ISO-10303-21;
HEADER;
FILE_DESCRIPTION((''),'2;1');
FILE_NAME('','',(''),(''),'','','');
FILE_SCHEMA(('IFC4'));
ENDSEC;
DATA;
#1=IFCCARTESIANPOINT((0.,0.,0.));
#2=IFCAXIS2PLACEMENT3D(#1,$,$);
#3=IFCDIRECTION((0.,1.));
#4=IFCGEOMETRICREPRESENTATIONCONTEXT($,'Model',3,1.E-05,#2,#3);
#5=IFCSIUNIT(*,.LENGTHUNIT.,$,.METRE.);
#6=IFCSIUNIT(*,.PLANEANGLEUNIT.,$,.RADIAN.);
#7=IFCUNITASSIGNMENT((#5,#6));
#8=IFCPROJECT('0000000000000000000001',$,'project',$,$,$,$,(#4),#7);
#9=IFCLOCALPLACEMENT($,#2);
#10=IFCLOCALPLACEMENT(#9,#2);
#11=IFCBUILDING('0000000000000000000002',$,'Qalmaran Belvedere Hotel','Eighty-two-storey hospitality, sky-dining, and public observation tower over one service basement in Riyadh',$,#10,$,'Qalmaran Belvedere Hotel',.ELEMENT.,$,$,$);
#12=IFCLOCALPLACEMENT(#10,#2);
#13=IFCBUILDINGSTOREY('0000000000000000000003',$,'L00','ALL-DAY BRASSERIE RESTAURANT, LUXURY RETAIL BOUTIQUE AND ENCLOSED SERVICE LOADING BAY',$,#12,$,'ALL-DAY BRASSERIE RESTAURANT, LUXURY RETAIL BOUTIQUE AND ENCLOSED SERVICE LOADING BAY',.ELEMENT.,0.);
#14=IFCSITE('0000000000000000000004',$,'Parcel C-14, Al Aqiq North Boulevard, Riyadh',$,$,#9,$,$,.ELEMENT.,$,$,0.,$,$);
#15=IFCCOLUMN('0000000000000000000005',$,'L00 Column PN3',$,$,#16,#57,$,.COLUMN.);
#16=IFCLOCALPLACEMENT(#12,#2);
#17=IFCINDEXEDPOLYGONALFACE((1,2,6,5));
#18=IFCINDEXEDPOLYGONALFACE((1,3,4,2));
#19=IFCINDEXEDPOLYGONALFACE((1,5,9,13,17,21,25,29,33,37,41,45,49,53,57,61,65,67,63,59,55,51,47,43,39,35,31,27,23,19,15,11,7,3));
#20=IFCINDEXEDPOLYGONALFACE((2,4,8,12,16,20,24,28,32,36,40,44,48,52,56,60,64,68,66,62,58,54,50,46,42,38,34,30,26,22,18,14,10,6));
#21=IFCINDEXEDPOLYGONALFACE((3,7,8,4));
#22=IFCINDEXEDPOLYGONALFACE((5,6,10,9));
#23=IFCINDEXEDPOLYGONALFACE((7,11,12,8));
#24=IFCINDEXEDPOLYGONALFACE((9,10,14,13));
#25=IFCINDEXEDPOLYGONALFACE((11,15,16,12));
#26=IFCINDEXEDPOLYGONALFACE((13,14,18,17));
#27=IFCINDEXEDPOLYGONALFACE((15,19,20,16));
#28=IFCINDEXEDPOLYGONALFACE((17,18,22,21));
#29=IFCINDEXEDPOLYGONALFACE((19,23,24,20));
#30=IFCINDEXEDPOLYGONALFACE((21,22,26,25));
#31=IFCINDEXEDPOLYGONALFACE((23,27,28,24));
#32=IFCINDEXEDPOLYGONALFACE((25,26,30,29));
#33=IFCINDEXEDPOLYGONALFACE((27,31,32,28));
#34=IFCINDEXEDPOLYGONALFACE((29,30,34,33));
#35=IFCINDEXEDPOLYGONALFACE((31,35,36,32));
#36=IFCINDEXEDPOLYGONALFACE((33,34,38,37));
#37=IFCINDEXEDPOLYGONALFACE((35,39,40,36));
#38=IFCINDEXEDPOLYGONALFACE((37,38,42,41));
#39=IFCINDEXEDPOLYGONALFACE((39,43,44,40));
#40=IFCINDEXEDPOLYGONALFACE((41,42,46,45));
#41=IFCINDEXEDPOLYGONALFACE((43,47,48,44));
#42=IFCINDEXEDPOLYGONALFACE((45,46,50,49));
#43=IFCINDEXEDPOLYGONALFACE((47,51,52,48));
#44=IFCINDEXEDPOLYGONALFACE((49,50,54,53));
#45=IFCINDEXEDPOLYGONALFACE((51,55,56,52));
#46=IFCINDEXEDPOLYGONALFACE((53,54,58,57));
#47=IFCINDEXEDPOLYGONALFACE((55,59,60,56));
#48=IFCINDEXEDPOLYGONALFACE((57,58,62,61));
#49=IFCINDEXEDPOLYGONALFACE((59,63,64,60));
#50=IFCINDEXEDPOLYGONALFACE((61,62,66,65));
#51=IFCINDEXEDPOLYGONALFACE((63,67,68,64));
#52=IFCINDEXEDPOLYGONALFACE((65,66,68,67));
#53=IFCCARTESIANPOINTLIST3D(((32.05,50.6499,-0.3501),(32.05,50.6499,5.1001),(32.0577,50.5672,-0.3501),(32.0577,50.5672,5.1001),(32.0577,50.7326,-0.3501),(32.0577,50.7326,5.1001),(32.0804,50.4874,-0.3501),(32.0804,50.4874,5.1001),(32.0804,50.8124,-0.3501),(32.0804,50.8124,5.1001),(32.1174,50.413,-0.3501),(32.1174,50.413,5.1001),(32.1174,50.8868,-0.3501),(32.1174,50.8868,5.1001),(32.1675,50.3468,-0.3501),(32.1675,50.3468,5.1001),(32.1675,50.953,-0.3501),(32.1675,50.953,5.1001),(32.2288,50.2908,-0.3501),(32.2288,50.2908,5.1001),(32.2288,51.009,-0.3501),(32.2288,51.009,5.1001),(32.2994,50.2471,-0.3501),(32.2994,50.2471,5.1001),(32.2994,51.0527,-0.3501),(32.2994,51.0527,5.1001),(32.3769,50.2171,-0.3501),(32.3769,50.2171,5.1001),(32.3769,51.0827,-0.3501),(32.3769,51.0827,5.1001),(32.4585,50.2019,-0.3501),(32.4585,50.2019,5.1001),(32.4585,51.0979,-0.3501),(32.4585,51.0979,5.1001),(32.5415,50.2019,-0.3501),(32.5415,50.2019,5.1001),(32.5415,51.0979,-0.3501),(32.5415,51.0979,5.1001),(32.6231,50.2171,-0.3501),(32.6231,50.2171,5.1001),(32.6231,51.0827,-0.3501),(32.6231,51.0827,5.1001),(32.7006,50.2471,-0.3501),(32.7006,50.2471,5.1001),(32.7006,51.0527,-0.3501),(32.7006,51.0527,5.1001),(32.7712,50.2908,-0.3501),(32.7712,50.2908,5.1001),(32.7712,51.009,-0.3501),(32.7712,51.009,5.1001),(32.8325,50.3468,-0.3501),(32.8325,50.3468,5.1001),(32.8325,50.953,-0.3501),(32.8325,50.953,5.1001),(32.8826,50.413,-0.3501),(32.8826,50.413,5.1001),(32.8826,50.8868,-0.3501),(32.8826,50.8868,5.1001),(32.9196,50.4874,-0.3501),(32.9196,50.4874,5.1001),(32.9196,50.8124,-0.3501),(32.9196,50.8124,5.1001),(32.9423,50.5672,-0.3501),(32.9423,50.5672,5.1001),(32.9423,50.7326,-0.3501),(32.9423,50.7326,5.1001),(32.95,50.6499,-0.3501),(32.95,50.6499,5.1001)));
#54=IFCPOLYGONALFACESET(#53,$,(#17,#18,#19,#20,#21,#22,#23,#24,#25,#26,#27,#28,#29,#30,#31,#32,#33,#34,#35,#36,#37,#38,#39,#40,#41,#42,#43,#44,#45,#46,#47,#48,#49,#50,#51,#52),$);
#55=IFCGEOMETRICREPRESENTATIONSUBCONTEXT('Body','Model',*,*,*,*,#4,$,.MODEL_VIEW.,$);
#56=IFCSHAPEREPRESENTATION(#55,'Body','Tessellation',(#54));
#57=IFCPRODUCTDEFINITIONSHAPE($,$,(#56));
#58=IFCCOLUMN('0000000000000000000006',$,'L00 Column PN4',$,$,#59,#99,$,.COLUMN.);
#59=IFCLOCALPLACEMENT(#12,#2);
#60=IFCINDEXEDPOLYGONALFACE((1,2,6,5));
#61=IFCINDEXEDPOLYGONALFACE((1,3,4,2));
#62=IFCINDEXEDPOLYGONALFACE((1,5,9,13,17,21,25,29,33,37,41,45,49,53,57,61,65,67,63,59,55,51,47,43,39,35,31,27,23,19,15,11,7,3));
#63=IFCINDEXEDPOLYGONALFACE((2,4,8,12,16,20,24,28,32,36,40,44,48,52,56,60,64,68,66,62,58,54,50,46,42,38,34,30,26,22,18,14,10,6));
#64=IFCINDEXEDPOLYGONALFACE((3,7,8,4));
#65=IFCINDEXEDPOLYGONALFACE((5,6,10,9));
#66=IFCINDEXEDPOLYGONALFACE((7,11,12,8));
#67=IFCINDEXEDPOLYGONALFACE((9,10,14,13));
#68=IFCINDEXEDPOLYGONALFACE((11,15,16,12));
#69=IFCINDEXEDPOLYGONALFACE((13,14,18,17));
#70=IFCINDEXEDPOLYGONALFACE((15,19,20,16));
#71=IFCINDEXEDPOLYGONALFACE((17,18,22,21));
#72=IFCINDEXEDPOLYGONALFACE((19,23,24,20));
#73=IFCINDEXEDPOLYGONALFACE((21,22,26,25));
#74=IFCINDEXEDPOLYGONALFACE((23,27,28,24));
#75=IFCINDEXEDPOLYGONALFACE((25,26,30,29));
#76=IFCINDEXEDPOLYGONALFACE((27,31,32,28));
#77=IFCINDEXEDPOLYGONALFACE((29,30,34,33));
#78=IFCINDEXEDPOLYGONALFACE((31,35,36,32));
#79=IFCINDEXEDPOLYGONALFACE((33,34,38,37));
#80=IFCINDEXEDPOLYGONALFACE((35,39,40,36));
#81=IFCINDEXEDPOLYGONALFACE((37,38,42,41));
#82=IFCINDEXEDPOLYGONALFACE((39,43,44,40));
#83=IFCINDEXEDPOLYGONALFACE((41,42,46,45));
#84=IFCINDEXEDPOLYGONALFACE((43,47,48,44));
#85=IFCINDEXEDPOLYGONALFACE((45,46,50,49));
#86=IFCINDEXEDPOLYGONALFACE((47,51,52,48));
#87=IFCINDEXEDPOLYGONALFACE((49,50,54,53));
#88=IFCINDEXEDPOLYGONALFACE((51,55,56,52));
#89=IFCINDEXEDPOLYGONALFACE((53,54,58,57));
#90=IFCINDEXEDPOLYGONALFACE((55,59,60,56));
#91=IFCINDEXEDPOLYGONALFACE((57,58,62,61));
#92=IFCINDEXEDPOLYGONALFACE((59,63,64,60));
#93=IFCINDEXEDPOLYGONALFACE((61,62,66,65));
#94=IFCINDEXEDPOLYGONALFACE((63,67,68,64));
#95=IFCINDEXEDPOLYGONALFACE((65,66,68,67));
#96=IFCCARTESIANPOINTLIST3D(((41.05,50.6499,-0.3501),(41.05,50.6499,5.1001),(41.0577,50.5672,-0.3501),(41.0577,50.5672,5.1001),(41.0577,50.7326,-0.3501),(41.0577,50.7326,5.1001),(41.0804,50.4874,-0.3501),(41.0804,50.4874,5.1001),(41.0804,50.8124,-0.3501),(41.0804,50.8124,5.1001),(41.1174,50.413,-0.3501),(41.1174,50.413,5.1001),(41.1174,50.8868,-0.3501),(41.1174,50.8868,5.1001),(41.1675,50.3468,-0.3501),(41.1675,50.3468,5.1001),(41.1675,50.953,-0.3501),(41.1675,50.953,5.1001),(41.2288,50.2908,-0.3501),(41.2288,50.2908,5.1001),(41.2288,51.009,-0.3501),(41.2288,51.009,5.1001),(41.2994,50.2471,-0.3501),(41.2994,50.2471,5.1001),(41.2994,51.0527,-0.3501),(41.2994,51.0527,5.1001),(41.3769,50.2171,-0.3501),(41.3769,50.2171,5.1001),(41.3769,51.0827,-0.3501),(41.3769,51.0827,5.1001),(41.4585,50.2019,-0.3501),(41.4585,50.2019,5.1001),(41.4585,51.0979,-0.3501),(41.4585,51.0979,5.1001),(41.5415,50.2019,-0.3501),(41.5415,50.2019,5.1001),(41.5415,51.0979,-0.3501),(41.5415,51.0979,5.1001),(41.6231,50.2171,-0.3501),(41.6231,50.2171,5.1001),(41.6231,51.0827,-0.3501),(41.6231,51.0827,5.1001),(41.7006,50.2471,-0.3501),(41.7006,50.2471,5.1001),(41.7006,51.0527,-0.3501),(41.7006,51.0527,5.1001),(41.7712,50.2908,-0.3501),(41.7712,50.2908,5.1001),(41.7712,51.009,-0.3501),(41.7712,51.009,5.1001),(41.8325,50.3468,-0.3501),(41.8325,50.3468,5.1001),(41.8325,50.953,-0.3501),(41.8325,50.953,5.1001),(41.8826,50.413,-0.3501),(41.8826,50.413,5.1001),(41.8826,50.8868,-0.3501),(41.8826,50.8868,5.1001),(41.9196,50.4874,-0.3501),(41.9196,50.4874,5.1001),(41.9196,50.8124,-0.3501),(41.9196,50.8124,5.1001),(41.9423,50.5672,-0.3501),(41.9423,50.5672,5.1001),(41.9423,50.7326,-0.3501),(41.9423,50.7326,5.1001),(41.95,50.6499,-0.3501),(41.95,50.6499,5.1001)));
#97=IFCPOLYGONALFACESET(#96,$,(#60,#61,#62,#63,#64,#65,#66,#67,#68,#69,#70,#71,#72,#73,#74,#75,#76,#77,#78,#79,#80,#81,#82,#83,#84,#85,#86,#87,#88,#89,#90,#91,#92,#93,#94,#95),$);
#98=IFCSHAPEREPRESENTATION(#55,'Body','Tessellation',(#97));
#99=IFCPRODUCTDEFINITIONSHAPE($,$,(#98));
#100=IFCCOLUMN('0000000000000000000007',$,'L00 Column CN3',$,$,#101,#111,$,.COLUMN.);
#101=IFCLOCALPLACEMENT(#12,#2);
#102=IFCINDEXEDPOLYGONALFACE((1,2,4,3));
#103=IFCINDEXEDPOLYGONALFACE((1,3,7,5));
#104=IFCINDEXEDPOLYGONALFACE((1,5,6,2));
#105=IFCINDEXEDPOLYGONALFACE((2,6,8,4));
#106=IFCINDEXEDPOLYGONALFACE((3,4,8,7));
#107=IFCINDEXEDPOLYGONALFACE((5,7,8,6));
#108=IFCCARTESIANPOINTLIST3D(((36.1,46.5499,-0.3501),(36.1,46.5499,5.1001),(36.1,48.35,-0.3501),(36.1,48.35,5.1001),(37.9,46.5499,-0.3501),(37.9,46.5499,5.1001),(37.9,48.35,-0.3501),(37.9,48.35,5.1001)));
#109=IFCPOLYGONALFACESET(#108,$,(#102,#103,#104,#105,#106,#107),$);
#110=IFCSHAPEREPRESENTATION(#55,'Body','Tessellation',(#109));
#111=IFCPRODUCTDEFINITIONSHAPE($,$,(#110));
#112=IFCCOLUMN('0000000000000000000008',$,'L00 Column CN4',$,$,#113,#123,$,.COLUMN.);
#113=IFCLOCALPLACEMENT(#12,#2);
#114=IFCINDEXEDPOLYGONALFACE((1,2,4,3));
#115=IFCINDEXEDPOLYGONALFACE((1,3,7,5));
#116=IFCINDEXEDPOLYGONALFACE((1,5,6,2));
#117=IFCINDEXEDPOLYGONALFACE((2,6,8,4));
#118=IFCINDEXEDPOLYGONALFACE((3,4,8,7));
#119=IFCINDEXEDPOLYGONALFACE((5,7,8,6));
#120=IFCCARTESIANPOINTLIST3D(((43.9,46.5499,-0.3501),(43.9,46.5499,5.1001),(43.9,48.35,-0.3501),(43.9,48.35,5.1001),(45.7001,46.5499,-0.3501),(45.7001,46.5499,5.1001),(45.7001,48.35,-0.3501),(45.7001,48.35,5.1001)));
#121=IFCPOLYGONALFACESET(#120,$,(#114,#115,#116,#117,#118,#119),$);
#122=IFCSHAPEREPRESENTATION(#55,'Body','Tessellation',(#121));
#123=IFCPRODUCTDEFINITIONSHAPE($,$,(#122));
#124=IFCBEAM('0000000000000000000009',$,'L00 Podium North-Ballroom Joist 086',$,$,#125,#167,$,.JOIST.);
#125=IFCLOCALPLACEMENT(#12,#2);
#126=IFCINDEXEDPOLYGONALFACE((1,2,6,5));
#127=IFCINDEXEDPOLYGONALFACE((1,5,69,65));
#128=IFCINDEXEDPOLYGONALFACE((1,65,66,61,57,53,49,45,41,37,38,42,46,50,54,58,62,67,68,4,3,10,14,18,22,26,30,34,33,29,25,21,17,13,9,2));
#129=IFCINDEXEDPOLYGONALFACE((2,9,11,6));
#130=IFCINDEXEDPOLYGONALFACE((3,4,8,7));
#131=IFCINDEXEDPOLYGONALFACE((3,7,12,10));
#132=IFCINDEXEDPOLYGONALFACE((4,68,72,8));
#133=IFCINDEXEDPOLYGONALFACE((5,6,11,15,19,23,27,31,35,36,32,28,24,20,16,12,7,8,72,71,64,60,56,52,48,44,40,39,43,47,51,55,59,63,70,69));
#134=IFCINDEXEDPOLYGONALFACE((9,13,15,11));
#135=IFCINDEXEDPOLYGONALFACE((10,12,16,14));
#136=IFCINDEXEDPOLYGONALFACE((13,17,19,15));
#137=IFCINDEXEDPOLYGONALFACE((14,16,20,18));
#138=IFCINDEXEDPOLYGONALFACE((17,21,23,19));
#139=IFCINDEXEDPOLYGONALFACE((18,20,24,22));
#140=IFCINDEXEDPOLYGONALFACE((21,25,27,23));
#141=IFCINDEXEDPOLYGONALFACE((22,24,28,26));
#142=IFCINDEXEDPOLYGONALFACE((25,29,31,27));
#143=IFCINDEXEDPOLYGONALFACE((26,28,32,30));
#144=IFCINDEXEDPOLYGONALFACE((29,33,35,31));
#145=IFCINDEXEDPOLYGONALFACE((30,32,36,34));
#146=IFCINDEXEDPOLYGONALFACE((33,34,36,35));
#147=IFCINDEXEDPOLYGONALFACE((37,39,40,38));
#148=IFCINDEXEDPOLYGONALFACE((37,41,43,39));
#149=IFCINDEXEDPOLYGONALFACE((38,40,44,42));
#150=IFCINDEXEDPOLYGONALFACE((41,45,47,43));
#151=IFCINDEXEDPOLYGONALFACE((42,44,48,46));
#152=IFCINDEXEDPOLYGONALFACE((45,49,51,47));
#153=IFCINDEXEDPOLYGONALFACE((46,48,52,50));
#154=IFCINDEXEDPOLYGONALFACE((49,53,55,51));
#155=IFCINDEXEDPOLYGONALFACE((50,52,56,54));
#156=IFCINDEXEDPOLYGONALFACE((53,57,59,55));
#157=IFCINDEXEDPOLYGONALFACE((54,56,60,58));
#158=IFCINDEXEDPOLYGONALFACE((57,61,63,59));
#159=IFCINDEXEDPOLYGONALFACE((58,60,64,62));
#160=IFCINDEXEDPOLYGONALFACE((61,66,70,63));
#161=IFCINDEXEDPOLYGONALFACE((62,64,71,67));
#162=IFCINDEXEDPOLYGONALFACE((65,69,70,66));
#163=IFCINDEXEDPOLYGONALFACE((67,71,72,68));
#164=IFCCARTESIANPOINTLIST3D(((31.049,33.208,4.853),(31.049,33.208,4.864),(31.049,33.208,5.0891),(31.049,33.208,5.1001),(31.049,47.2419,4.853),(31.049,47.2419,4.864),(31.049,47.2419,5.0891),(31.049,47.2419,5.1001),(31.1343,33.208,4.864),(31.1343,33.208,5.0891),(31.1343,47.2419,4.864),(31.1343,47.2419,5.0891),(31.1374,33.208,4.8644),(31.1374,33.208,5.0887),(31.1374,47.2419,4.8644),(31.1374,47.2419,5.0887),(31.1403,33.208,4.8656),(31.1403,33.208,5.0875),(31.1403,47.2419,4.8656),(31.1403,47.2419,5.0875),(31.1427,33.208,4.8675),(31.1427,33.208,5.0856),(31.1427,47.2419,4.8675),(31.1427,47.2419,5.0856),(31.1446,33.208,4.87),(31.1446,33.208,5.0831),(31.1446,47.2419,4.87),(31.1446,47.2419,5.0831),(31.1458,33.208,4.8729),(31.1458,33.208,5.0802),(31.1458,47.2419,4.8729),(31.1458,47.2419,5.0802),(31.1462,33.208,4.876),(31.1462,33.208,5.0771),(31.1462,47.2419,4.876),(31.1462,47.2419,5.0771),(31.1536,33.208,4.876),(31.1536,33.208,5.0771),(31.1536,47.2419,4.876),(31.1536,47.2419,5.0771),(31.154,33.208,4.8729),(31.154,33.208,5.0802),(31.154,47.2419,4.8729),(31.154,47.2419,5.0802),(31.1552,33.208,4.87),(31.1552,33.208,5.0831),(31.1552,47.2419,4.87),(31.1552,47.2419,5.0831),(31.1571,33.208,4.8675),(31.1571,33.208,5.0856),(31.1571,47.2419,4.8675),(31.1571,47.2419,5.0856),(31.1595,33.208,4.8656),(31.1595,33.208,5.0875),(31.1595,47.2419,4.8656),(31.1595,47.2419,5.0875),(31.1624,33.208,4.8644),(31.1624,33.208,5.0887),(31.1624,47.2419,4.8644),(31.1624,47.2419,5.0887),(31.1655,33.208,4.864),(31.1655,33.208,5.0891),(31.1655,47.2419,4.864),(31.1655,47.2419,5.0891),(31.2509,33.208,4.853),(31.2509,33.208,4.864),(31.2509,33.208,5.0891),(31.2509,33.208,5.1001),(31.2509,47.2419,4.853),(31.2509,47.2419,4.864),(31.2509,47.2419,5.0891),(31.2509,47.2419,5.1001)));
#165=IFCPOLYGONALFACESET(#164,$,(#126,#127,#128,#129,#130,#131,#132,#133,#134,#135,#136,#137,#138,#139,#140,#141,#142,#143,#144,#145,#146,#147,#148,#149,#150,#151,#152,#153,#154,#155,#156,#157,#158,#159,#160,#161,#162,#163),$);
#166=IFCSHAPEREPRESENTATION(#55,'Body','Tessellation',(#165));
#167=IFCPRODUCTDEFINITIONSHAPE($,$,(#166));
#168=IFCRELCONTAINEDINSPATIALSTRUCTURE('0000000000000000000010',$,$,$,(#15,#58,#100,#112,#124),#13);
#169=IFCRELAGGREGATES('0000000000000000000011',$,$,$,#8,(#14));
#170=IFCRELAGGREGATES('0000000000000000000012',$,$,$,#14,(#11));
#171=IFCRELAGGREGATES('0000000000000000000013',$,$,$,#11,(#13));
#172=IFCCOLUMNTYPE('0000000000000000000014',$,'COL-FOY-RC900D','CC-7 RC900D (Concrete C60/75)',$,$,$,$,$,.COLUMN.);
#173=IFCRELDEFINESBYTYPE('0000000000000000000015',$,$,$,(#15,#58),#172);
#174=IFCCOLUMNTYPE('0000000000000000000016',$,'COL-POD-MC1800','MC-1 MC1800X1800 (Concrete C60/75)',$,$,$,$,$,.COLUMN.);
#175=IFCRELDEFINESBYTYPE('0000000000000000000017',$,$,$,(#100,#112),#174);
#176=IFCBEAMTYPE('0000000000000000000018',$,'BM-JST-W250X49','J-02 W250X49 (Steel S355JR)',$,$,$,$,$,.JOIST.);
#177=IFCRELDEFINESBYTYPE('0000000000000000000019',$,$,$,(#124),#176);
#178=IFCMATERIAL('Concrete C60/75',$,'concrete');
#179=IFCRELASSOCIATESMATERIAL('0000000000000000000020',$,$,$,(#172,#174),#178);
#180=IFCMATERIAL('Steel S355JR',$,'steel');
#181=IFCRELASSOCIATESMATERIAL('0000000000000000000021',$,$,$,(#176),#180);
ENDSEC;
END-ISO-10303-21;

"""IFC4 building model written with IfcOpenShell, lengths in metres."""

from ifc_helpers import new_model, si_unit, direction, frame, origin, origin_2d, place, context, subcontext, project, spatial, rectangle, circle, i_section, extrude, material, material_profile, profile_set, type_object, element, save


model = new_model("IFC4")

# Units and contexts
model_context = context("Model", 3, precision=1e-05, world=origin(), true_north=direction((0.0, 1.0)))
body_context = subcontext(model_context, "Body", "Model", "MODEL_VIEW")
ifc_project = project(units=[si_unit("LENGTHUNIT", "METRE"), si_unit("PLANEANGLEUNIT", "RADIAN")], contexts=[model_context])

# Site, building, storey
site_placement = place(None, origin())
site = spatial("IfcSite", under=ifc_project, at=site_placement, Name="Parcel C-14, Al Aqiq North Boulevard, Riyadh", CompositionType="ELEMENT", RefElevation=0.0)
building_placement = place(site_placement, origin())
building = spatial("IfcBuilding", under=site, at=building_placement, Name="Qalmaran Belvedere Hotel", Description="Eighty-two-storey hospitality, sky-dining, and public observation tower over one service basement in Riyadh", LongName="Qalmaran Belvedere Hotel", CompositionType="ELEMENT")
storey_placement = place(building_placement, origin())
storey = spatial("IfcBuildingStorey", under=building, at=storey_placement, Name="L00", Description="ALL-DAY BRASSERIE RESTAURANT, LUXURY RETAIL BOUTIQUE AND ENCLOSED SERVICE LOADING BAY", LongName="ALL-DAY BRASSERIE RESTAURANT, LUXURY RETAIL BOUTIQUE AND ENCLOSED SERVICE LOADING BAY", CompositionType="ELEMENT", Elevation=0.0)

# Columns
ifc_material_1 = material(Name="Concrete C60/75", Category="concrete")
ifc_material_profile_1 = material_profile(ifc_material_1, circle(Radius=0.45, at=origin_2d()), Name="RC900D")
ifc_profile_set_1 = profile_set([ifc_material_profile_1], Name="Concrete C60/75")
column_type_1 = type_object("IfcColumnType", Name="COL-FOY-RC900D", Description="CC-7 RC900D (Concrete C60/75)", PredefinedType="COLUMN", material=ifc_profile_set_1)
for number, where, z_axis, x_axis, name in (
    (1, (32.5, 50.6499, -0.3501), (0.0, 0.0, 1.0), (1.0, 0.0, 0.0), "L00 Column PN3"),
    (2, (41.5, 50.6499, -0.3501), (0.0, 0.0, 1.0), (1.0, 0.0, 0.0), "L00 Column PN4"),
):
    element("IfcColumn", number, at=place(storey_placement, frame(where, z_axis=z_axis, x_axis=x_axis)), inside=storey, type_object=column_type_1, Name=name, PredefinedType="COLUMN", context=body_context, shape_type="SweptSolid", body=[
        extrude(circle(Radius=0.45, at=origin_2d()), origin(), (0.0, 0.0, 1.0), 5.4502),
    ])
ifc_material_profile_2 = material_profile(ifc_material_1, rectangle(XDim=1.8, YDim=1.8, at=origin_2d()), Name="MC1800X1800")
ifc_profile_set_2 = profile_set([ifc_material_profile_2], Name="Concrete C60/75")
column_type_2 = type_object("IfcColumnType", Name="COL-POD-MC1800", Description="MC-1 MC1800X1800 (Concrete C60/75)", PredefinedType="COLUMN", material=ifc_profile_set_2)
for number, where, z_axis, x_axis, name in (
    (3, (37.0, 47.45, -0.3501), (0.0, 0.0, 1.0), (1.0, 0.0, 0.0), "L00 Column CN3"),
    (4, (44.8, 47.45, -0.3501), (0.0, 0.0, 1.0), (1.0, 0.0, 0.0), "L00 Column CN4"),
):
    element("IfcColumn", number, at=place(storey_placement, frame(where, z_axis=z_axis, x_axis=x_axis)), inside=storey, type_object=column_type_2, Name=name, PredefinedType="COLUMN", context=body_context, shape_type="SweptSolid", body=[
        extrude(rectangle(XDim=1.8, YDim=1.8, at=origin_2d()), origin(), (0.0, 0.0, 1.0), 5.4502),
    ])

# Beam
ifc_material_2 = material(Name="Steel S355JR", Category="steel")
ifc_material_profile_3 = material_profile(ifc_material_2, i_section(OverallWidth=0.2019, OverallDepth=0.2471, WebThickness=0.0073, FlangeThickness=0.011, FilletRadius=0.012, at=origin_2d()), Name="W250X49")
ifc_profile_set_3 = profile_set([ifc_material_profile_3], Name="Steel S355JR")
beam_type_1 = type_object("IfcBeamType", Name="BM-JST-W250X49", Description="J-02 W250X49 (Steel S355JR)", PredefinedType="JOIST", material=ifc_profile_set_3)
for number, where, z_axis, x_axis, name in (
    (5, (31.1499, 33.208, 4.9766), (0.0, 1.0, 0.0), (-1.0, 0.0, 0.0), "L00 Podium North-Ballroom Joist 086"),
):
    element("IfcBeam", number, at=place(storey_placement, frame(where, z_axis=z_axis, x_axis=x_axis)), inside=storey, type_object=beam_type_1, Name=name, PredefinedType="JOIST", context=body_context, shape_type="SweptSolid", body=[
        extrude(i_section(OverallWidth=0.2019, OverallDepth=0.2471, WebThickness=0.0073, FlangeThickness=0.011, FilletRadius=0.012, at=origin_2d()), origin(), (0.0, 0.0, 1.0), 14.0339),
    ])

save(model, "model.ifc")
